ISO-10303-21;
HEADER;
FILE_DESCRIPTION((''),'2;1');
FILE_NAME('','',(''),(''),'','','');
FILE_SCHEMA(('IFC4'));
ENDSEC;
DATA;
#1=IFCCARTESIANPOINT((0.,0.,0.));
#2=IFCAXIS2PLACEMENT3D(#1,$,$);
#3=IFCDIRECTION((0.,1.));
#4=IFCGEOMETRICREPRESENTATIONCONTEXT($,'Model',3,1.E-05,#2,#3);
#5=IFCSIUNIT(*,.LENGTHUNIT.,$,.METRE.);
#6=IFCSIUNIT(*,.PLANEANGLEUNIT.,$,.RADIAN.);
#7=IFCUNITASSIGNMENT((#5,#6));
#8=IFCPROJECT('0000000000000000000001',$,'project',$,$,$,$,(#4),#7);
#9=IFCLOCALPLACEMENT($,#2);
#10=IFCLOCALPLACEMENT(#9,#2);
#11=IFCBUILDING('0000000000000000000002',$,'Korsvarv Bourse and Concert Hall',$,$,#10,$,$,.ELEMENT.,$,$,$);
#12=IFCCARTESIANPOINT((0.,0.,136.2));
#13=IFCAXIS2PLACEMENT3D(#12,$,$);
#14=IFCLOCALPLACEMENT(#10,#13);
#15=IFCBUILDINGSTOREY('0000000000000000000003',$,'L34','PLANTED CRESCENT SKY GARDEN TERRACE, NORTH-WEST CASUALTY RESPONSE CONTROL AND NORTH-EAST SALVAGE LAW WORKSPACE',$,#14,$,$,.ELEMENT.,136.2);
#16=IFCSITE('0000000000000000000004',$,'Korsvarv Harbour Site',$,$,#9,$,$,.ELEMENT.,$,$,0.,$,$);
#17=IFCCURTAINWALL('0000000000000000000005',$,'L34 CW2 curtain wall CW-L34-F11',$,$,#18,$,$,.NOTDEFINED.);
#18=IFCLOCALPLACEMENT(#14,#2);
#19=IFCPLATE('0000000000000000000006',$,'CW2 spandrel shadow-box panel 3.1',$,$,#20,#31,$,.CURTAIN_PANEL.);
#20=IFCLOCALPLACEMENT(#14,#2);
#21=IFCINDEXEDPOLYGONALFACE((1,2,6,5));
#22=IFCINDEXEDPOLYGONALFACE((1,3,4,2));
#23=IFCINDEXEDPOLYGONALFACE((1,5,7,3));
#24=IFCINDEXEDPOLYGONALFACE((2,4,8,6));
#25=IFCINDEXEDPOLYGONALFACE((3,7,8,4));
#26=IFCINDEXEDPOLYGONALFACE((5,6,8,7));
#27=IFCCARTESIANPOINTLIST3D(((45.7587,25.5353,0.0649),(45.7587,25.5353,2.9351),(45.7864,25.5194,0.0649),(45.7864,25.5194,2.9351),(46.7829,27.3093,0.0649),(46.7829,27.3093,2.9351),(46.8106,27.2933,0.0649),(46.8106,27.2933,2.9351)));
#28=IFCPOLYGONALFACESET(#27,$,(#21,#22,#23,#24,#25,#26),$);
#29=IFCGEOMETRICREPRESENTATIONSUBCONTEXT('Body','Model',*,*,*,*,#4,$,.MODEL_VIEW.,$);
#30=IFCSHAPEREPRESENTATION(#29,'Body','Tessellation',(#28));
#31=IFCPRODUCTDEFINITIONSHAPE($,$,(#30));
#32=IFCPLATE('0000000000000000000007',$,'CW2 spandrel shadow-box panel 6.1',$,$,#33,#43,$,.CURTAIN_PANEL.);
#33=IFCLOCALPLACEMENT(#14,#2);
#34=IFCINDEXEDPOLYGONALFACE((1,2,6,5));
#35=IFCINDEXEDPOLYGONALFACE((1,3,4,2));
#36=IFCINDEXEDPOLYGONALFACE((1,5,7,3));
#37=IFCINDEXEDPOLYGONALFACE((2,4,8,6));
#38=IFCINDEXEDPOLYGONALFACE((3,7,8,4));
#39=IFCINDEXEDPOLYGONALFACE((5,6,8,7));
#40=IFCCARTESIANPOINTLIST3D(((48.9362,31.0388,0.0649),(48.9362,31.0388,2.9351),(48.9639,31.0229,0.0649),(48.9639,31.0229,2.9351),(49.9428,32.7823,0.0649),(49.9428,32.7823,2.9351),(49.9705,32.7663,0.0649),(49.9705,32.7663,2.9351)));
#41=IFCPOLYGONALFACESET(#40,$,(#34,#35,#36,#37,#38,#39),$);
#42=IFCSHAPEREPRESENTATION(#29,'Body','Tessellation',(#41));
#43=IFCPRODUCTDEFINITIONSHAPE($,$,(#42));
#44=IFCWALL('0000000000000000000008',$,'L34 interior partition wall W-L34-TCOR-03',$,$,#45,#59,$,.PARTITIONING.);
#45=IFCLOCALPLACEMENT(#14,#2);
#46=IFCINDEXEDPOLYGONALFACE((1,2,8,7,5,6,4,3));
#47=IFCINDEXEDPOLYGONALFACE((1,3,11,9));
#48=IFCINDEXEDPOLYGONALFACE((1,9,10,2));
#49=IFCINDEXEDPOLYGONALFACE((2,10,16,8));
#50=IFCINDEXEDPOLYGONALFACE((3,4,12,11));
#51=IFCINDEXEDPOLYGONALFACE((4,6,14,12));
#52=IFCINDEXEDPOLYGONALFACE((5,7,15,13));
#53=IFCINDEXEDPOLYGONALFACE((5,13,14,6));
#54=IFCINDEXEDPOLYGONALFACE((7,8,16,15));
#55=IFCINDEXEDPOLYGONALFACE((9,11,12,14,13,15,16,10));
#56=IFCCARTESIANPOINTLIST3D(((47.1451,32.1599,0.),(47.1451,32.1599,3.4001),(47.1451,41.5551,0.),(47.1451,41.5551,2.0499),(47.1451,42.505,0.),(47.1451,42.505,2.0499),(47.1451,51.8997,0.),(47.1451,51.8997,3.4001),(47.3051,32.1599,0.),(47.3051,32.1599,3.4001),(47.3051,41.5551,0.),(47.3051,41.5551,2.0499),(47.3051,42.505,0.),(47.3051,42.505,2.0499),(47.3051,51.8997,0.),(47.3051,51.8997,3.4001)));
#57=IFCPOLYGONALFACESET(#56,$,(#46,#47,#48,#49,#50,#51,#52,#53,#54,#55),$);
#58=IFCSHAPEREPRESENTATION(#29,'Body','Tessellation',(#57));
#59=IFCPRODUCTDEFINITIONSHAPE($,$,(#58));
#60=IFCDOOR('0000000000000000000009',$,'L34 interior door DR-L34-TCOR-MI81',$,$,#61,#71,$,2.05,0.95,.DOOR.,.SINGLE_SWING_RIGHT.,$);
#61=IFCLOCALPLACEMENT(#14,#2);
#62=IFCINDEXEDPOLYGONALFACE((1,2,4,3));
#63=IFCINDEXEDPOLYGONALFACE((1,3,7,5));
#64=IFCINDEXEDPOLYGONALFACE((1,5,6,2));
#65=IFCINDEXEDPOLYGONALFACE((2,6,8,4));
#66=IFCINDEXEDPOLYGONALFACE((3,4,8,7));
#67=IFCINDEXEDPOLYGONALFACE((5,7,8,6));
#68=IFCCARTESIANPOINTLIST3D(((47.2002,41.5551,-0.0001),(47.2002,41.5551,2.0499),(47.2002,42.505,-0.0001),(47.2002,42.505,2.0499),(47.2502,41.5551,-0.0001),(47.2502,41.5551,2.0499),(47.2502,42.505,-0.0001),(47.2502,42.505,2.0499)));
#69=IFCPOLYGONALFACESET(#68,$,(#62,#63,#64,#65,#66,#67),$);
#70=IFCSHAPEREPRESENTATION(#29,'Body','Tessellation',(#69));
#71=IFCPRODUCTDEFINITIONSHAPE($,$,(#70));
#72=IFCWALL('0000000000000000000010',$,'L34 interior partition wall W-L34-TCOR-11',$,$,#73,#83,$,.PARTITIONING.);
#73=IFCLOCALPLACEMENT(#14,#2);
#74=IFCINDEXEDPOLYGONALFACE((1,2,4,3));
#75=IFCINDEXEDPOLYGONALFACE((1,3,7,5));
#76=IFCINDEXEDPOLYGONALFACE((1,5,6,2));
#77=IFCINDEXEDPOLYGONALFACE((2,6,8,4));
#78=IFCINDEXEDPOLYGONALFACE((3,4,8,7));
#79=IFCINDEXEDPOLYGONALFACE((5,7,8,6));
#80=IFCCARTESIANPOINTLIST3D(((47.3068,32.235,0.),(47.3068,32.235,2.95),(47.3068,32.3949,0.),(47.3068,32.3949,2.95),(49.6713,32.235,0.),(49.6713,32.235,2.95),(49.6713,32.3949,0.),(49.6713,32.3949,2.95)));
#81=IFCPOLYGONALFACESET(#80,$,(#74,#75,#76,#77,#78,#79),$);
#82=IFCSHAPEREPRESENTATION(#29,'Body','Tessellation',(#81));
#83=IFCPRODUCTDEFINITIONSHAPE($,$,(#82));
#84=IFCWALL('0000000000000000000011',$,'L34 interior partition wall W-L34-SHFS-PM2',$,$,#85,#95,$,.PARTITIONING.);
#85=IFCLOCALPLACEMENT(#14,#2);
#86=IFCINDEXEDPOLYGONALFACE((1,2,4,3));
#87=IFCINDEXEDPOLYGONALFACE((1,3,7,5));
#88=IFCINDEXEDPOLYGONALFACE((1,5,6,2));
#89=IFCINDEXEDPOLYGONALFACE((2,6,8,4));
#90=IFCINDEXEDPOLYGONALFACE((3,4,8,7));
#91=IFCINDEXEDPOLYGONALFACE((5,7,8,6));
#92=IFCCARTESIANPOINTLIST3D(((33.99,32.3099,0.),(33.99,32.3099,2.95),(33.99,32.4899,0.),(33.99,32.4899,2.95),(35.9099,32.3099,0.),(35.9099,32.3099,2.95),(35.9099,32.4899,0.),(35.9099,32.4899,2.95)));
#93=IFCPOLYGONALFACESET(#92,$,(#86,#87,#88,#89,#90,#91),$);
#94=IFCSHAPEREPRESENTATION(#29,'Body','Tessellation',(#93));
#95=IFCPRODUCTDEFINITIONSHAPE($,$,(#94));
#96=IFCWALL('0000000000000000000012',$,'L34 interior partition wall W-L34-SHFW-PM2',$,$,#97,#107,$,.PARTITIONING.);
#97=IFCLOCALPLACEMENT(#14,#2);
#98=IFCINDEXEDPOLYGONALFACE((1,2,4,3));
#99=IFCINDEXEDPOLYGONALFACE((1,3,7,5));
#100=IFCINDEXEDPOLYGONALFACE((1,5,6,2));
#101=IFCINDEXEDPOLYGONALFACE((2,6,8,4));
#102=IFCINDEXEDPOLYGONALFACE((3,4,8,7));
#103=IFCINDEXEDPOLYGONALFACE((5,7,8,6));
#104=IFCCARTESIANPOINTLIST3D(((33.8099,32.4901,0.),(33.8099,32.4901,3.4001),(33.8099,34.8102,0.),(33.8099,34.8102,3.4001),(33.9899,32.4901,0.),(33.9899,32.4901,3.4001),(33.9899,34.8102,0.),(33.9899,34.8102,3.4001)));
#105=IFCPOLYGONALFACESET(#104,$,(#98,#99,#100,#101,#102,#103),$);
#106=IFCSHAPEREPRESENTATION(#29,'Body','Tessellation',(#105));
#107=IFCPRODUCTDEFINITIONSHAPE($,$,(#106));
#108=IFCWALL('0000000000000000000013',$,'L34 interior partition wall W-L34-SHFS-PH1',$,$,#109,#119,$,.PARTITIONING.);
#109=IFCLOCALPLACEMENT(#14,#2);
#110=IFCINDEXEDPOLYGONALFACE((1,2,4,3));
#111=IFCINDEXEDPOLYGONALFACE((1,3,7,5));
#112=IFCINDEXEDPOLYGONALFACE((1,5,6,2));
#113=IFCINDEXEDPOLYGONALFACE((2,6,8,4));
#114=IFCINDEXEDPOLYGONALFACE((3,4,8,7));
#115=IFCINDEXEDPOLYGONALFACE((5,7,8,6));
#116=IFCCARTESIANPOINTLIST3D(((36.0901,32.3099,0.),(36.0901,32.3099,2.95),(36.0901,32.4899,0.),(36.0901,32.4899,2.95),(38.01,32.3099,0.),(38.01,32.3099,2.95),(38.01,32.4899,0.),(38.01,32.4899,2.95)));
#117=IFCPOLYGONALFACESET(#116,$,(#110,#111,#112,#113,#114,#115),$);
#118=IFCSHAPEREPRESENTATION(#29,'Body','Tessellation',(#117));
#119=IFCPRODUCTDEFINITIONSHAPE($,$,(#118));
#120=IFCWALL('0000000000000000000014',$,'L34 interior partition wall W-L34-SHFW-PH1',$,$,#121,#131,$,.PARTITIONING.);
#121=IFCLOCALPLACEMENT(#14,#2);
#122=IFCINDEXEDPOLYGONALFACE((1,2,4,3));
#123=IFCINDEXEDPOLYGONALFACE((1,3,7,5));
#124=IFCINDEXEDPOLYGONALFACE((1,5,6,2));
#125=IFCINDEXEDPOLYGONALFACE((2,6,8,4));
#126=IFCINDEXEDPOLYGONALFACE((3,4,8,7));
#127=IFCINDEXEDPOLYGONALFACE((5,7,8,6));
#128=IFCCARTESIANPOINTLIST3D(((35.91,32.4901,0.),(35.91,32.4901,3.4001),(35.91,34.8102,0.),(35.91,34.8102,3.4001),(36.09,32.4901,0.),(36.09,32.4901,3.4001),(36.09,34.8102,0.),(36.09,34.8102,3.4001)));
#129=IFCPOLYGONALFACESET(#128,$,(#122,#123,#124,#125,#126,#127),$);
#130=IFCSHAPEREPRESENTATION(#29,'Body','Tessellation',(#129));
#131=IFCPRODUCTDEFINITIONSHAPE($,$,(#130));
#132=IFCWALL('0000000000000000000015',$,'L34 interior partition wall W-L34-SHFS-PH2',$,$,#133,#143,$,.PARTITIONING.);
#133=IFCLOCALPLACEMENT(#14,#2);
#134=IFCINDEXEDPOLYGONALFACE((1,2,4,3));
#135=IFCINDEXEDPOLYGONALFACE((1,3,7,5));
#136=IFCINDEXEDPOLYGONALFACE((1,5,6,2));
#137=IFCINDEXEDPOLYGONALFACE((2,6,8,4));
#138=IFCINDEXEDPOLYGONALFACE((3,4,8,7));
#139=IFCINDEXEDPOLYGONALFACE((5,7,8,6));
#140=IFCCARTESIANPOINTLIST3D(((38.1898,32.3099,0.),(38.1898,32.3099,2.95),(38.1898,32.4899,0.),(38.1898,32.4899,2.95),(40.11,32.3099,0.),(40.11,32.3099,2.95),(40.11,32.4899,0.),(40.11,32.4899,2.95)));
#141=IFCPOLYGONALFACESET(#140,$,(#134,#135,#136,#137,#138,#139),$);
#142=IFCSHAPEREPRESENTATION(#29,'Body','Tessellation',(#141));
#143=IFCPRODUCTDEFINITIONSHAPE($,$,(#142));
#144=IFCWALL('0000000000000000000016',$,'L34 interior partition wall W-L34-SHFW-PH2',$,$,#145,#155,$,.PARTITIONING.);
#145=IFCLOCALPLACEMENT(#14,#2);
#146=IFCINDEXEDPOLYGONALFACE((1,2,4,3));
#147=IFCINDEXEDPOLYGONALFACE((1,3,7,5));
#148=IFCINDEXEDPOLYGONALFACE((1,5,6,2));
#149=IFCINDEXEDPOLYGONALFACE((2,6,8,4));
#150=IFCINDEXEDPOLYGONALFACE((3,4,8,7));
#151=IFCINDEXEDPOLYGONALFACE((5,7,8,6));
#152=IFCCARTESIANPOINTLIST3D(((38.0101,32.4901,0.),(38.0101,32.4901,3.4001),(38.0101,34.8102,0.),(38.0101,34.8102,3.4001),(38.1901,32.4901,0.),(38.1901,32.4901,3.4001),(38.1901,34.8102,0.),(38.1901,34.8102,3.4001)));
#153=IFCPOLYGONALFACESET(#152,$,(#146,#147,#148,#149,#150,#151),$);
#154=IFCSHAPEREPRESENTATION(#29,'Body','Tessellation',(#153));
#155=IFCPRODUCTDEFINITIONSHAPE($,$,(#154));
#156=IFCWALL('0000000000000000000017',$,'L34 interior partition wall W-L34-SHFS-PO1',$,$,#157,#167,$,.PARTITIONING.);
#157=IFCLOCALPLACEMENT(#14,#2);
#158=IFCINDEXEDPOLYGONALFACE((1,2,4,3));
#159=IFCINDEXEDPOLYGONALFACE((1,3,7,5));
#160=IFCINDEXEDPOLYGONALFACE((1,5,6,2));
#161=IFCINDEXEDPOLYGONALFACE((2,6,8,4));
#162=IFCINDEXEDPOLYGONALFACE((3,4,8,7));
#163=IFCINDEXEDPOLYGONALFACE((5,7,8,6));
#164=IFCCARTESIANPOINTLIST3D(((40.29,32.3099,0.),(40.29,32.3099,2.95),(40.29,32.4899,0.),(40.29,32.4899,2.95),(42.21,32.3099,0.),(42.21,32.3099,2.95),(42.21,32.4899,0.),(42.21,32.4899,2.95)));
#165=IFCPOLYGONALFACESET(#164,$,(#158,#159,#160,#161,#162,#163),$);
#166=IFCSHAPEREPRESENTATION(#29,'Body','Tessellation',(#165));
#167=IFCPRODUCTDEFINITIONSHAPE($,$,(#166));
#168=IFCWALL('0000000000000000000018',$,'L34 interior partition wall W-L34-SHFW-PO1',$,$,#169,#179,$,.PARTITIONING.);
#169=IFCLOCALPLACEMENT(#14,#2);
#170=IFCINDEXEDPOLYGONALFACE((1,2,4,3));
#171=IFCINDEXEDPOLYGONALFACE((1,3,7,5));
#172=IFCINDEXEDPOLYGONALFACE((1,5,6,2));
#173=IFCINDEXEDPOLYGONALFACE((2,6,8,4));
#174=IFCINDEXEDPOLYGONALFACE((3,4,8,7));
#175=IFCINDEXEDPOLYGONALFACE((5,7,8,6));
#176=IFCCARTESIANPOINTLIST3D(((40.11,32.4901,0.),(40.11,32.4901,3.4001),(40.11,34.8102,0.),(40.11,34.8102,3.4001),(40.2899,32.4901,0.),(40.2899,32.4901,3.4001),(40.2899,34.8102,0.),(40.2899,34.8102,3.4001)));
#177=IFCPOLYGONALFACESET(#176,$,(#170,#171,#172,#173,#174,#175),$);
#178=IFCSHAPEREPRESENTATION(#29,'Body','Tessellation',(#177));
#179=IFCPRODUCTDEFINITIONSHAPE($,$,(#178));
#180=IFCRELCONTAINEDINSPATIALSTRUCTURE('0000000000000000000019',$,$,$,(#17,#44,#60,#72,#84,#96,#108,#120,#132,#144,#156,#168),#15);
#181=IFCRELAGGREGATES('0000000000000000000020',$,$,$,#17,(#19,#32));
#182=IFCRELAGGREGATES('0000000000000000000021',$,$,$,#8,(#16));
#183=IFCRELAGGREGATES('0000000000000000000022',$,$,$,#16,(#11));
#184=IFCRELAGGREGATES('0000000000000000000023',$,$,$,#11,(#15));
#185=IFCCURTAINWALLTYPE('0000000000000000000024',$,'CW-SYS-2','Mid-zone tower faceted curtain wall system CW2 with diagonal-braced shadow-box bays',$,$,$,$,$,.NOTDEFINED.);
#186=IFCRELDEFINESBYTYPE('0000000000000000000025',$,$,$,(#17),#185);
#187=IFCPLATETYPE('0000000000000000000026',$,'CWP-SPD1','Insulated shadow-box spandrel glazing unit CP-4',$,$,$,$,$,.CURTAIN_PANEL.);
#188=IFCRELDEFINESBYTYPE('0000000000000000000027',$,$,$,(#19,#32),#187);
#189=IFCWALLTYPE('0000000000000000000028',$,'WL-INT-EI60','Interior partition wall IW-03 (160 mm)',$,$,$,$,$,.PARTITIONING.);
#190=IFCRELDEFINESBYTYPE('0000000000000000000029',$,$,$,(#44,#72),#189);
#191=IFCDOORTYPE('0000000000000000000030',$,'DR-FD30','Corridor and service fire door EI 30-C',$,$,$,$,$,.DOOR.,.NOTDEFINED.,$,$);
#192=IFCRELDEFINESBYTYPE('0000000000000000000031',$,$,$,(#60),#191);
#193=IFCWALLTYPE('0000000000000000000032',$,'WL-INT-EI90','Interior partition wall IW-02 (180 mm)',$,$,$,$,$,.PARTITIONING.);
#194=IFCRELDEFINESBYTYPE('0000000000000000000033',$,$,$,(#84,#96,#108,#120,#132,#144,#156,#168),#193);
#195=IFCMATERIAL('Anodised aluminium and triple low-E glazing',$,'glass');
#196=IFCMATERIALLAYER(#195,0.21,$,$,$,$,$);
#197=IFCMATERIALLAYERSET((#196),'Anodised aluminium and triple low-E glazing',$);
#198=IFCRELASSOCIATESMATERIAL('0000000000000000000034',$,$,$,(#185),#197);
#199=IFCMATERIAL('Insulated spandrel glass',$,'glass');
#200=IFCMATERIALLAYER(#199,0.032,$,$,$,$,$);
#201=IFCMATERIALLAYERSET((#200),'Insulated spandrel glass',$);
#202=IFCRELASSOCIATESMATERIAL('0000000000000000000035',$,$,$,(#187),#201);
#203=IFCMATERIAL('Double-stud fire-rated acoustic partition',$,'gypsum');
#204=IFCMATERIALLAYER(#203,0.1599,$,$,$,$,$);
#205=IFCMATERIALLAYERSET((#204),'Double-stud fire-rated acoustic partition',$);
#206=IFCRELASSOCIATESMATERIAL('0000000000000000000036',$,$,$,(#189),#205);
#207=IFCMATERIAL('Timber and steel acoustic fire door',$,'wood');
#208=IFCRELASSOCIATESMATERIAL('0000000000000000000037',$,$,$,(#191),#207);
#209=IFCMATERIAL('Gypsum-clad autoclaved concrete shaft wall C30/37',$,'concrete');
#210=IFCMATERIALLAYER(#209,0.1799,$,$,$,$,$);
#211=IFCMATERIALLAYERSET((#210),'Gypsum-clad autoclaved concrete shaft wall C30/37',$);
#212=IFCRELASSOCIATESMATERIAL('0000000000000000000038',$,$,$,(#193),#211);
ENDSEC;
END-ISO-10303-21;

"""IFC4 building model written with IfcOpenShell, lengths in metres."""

from ifc_helpers import new_model, si_unit, direction, frame, frame_2d, origin, origin_2d, place, context, subcontext, project, spatial, rectangle, extrude, source, transform, mapped, material, layer, layer_set, type_object, element, fill, aggregate, save


model = new_model("IFC4")

# Units and contexts
model_context = context("Model", 3, precision=1e-05, world=origin(), true_north=direction((0.0, 1.0)))
body_context = subcontext(model_context, "Body", "Model", "MODEL_VIEW")
ifc_project = project(units=[si_unit("LENGTHUNIT", "METRE"), si_unit("PLANEANGLEUNIT", "RADIAN")], contexts=[model_context])

# Site, building, storey
site_placement = place(None, origin())
site = spatial("IfcSite", under=ifc_project, at=site_placement, Name="Korsvarv Harbour Site", CompositionType="ELEMENT", RefElevation=0.0)
building_placement = place(site_placement, origin())
building = spatial("IfcBuilding", under=site, at=building_placement, Name="Korsvarv Bourse and Concert Hall", CompositionType="ELEMENT")
storey_placement = place(building_placement, frame((0.0, 0.0, 136.2)))
storey = spatial("IfcBuildingStorey", under=building, at=storey_placement, Name="L34", Description="PLANTED CRESCENT SKY GARDEN TERRACE, NORTH-WEST CASUALTY RESPONSE CONTROL AND NORTH-EAST SALVAGE LAW WORKSPACE", CompositionType="ELEMENT", Elevation=136.2)

# Curtain wall, plates
ifc_material_1 = material(Name="Anodised aluminium and triple low-E glazing", Category="glass")
ifc_layer_1 = layer(ifc_material_1, 0.21)
ifc_layer_set_1 = layer_set([ifc_layer_1], Name="Anodised aluminium and triple low-E glazing")
curtain_wall_type = type_object("IfcCurtainWallType", Name="CW-SYS-2", Description="Mid-zone tower faceted curtain wall system CW2 with diagonal-braced shadow-box bays", PredefinedType="NOTDEFINED", material=ifc_layer_set_1)
curtain_wall_placement = place(storey_placement, origin())
curtain_wall = element("IfcCurtainWall", 1, at=curtain_wall_placement, inside=storey, type_object=curtain_wall_type, Name="L34 CW2 curtain wall CW-L34-F11", PredefinedType="NOTDEFINED")
ifc_material_2 = material(Name="Insulated spandrel glass", Category="glass")
ifc_layer_2 = layer(ifc_material_2, 0.032)
ifc_layer_set_2 = layer_set([ifc_layer_2], Name="Insulated spandrel glass")
plate_type_1 = type_object("IfcPlateType", Name="CWP-SPD1", Description="Insulated shadow-box spandrel glazing unit CP-4", PredefinedType="CURTAIN_PANEL", material=ifc_layer_set_2)
shared_shape_1 = source(origin(), body_context, "Body", "SweptSolid", [
    extrude(rectangle(XDim=2.0483, YDim=0.032, at=origin_2d()), origin(), (0.0, 0.0, 1.0), 2.8701),
])
plate_1_placement = place(storey_placement, frame((46.2847, 26.4143, 0.0649), z_axis=(0.0, 0.0, 1.0), x_axis=(0.5, 0.866025, 0.0)))
plate_1 = element("IfcPlate", 2, at=plate_1_placement, type_object=plate_type_1, Name="CW2 spandrel shadow-box panel 3.1", PredefinedType="CURTAIN_PANEL", context=body_context, shape_type="MappedRepresentation", body=[
    mapped(shared_shape_1, transform((0.0, 0.0, 0.0), scale=1.0)),
])
shared_shape_2 = source(origin(), body_context, "Body", "SweptSolid", [
    extrude(rectangle(XDim=2.0132, YDim=0.032, at=origin_2d()), origin(), (0.0, 0.0, 1.0), 2.8701),
])
plate_2_placement = place(storey_placement, frame((49.4534, 31.9026, 0.0649), z_axis=(0.0, 0.0, 1.0), x_axis=(0.5, 0.866025, 0.0)))
plate_2 = element("IfcPlate", 3, at=plate_2_placement, type_object=plate_type_1, Name="CW2 spandrel shadow-box panel 6.1", PredefinedType="CURTAIN_PANEL", context=body_context, shape_type="MappedRepresentation", body=[
    mapped(shared_shape_2, transform((0.0, 0.0, 0.0), scale=1.0)),
])
aggregate(curtain_wall, [plate_1, plate_2])

# Wall, opening, door
ifc_material_3 = material(Name="Double-stud fire-rated acoustic partition", Category="gypsum")
ifc_layer_3 = layer(ifc_material_3, 0.1599)
ifc_layer_set_3 = layer_set([ifc_layer_3], Name="Double-stud fire-rated acoustic partition")
wall_type_1 = type_object("IfcWallType", Name="WL-INT-EI60", Description="Interior partition wall IW-03 (160 mm)", PredefinedType="PARTITIONING", material=ifc_layer_set_3)
wall_1_placement = place(storey_placement, frame((47.2251, 32.1599, 0.0), z_axis=(0.0, 0.0, 1.0), x_axis=(0.0, 1.0, 0.0)))
wall_1 = element("IfcWall", 4, at=wall_1_placement, inside=storey, type_object=wall_type_1, Name="L34 interior partition wall W-L34-TCOR-03", PredefinedType="PARTITIONING", context=body_context, shape_type="SweptSolid", body=[
    extrude(rectangle(XDim=19.7397, YDim=0.1599, at=frame_2d((9.8699, 0.0))), origin(), (0.0, 0.0, 1.0), 3.4001),
])
opening_placement = place(wall_1_placement, frame((9.395, 0.0, 0.0)))
opening = element("IfcOpeningElement", 5, at=opening_placement, cuts=wall_1, PredefinedType="OPENING", context=body_context, shape_type="SweptSolid", body=[
    extrude(rectangle(XDim=0.95, YDim=2.05, at=frame_2d((0.4751, 1.0249))), frame((0.0, 0.0898, 0.0), z_axis=(0.0, -1.0, 0.0), x_axis=(1.0, 0.0, 0.0)), (0.0, 0.0, 1.0), 0.1799),
])
ifc_material_4 = material(Name="Timber and steel acoustic fire door", Category="wood")
door_type = type_object("IfcDoorType", Name="DR-FD30", Description="Corridor and service fire door EI 30-C", OperationType="NOTDEFINED", PredefinedType="DOOR", material=ifc_material_4)
door_placement = place(opening_placement, origin())
door = element("IfcDoor", 6, at=door_placement, inside=storey, type_object=door_type, Name="L34 interior door DR-L34-TCOR-MI81", OperationType="SINGLE_SWING_RIGHT", OverallHeight=2.05, OverallWidth=0.95, PredefinedType="DOOR", context=body_context, shape_type="SweptSolid", body=[
    extrude(rectangle(XDim=0.95, YDim=2.05, at=frame_2d((0.4751, 1.0249))), frame((0.0, 0.0249, 0.0), z_axis=(0.0, -1.0, 0.0), x_axis=(1.0, 0.0, 0.0)), (0.0, 0.0, 1.0), 0.05),
])
fill(opening, door)

# Walls
wall_2_placement = place(storey_placement, frame((47.3069, 32.3149, 0.0), z_axis=(0.0, 0.0, 1.0), x_axis=(1.0, 0.0, 0.0)))
element("IfcWall", 7, at=wall_2_placement, inside=storey, type_object=wall_type_1, Name="L34 interior partition wall W-L34-TCOR-11", PredefinedType="PARTITIONING", context=body_context, shape_type="SweptSolid", body=[
    extrude(rectangle(XDim=2.3645, YDim=0.1599, at=frame_2d((1.1821, 0.0))), origin(), (0.0, 0.0, 1.0), 2.95),
])
ifc_material_5 = material(Name="Gypsum-clad autoclaved concrete shaft wall C30/37", Category="concrete")
ifc_layer_4 = layer(ifc_material_5, 0.1799)
ifc_layer_set_4 = layer_set([ifc_layer_4], Name="Gypsum-clad autoclaved concrete shaft wall C30/37")
wall_type_2 = type_object("IfcWallType", Name="WL-INT-EI90", Description="Interior partition wall IW-02 (180 mm)", PredefinedType="PARTITIONING", material=ifc_layer_set_4)
wall_3_placement = place(storey_placement, frame((33.99, 32.3999, 0.0), z_axis=(0.0, 0.0, 1.0), x_axis=(1.0, 0.0, 0.0)))
element("IfcWall", 8, at=wall_3_placement, inside=storey, type_object=wall_type_2, Name="L34 interior partition wall W-L34-SHFS-PM2", PredefinedType="PARTITIONING", context=body_context, shape_type="SweptSolid", body=[
    extrude(rectangle(XDim=1.9199, YDim=0.1799, at=frame_2d((0.96, 0.0))), origin(), (0.0, 0.0, 1.0), 2.95),
])
wall_4_placement = place(storey_placement, frame((33.8999, 32.49, 0.0), z_axis=(0.0, 0.0, 1.0), x_axis=(0.0, 1.0, 0.0)))
element("IfcWall", 9, at=wall_4_placement, inside=storey, type_object=wall_type_2, Name="L34 interior partition wall W-L34-SHFW-PM2", PredefinedType="PARTITIONING", context=body_context, shape_type="SweptSolid", body=[
    extrude(rectangle(XDim=2.3201, YDim=0.1799, at=frame_2d((1.1602, 0.0))), origin(), (0.0, 0.0, 1.0), 3.4001),
])
wall_5_placement = place(storey_placement, frame((36.0901, 32.3999, 0.0), z_axis=(0.0, 0.0, 1.0), x_axis=(1.0, 0.0, 0.0)))
element("IfcWall", 10, at=wall_5_placement, inside=storey, type_object=wall_type_2, Name="L34 interior partition wall W-L34-SHFS-PH1", PredefinedType="PARTITIONING", context=body_context, shape_type="SweptSolid", body=[
    extrude(rectangle(XDim=1.9199, YDim=0.1799, at=frame_2d((0.96, 0.0))), origin(), (0.0, 0.0, 1.0), 2.95),
])
wall_6_placement = place(storey_placement, frame((36.0, 32.49, 0.0), z_axis=(0.0, 0.0, 1.0), x_axis=(0.0, 1.0, 0.0)))
element("IfcWall", 11, at=wall_6_placement, inside=storey, type_object=wall_type_2, Name="L34 interior partition wall W-L34-SHFW-PH1", PredefinedType="PARTITIONING", context=body_context, shape_type="SweptSolid", body=[
    extrude(rectangle(XDim=2.3201, YDim=0.1799, at=frame_2d((1.1602, 0.0))), origin(), (0.0, 0.0, 1.0), 3.4001),
])
wall_7_placement = place(storey_placement, frame((38.1899, 32.3999, 0.0), z_axis=(0.0, 0.0, 1.0), x_axis=(1.0, 0.0, 0.0)))
element("IfcWall", 12, at=wall_7_placement, inside=storey, type_object=wall_type_2, Name="L34 interior partition wall W-L34-SHFS-PH2", PredefinedType="PARTITIONING", context=body_context, shape_type="SweptSolid", body=[
    extrude(rectangle(XDim=1.9202, YDim=0.1799, at=frame_2d((0.96, 0.0))), origin(), (0.0, 0.0, 1.0), 2.95),
])
wall_8_placement = place(storey_placement, frame((38.1001, 32.49, 0.0), z_axis=(0.0, 0.0, 1.0), x_axis=(0.0, 1.0, 0.0)))
element("IfcWall", 13, at=wall_8_placement, inside=storey, type_object=wall_type_2, Name="L34 interior partition wall W-L34-SHFW-PH2", PredefinedType="PARTITIONING", context=body_context, shape_type="SweptSolid", body=[
    extrude(rectangle(XDim=2.3201, YDim=0.1799, at=frame_2d((1.1602, 0.0))), origin(), (0.0, 0.0, 1.0), 3.4001),
])
wall_9_placement = place(storey_placement, frame((40.29, 32.3999, 0.0), z_axis=(0.0, 0.0, 1.0), x_axis=(1.0, 0.0, 0.0)))
element("IfcWall", 14, at=wall_9_placement, inside=storey, type_object=wall_type_2, Name="L34 interior partition wall W-L34-SHFS-PO1", PredefinedType="PARTITIONING", context=body_context, shape_type="SweptSolid", body=[
    extrude(rectangle(XDim=1.9199, YDim=0.1799, at=frame_2d((0.96, 0.0))), origin(), (0.0, 0.0, 1.0), 2.95),
])
wall_10_placement = place(storey_placement, frame((40.2, 32.49, 0.0), z_axis=(0.0, 0.0, 1.0), x_axis=(0.0, 1.0, 0.0)))
element("IfcWall", 15, at=wall_10_placement, inside=storey, type_object=wall_type_2, Name="L34 interior partition wall W-L34-SHFW-PO1", PredefinedType="PARTITIONING", context=body_context, shape_type="SweptSolid", body=[
    extrude(rectangle(XDim=2.3201, YDim=0.1799, at=frame_2d((1.1602, 0.0))), origin(), (0.0, 0.0, 1.0), 3.4001),
])

save(model, "model.ifc")
